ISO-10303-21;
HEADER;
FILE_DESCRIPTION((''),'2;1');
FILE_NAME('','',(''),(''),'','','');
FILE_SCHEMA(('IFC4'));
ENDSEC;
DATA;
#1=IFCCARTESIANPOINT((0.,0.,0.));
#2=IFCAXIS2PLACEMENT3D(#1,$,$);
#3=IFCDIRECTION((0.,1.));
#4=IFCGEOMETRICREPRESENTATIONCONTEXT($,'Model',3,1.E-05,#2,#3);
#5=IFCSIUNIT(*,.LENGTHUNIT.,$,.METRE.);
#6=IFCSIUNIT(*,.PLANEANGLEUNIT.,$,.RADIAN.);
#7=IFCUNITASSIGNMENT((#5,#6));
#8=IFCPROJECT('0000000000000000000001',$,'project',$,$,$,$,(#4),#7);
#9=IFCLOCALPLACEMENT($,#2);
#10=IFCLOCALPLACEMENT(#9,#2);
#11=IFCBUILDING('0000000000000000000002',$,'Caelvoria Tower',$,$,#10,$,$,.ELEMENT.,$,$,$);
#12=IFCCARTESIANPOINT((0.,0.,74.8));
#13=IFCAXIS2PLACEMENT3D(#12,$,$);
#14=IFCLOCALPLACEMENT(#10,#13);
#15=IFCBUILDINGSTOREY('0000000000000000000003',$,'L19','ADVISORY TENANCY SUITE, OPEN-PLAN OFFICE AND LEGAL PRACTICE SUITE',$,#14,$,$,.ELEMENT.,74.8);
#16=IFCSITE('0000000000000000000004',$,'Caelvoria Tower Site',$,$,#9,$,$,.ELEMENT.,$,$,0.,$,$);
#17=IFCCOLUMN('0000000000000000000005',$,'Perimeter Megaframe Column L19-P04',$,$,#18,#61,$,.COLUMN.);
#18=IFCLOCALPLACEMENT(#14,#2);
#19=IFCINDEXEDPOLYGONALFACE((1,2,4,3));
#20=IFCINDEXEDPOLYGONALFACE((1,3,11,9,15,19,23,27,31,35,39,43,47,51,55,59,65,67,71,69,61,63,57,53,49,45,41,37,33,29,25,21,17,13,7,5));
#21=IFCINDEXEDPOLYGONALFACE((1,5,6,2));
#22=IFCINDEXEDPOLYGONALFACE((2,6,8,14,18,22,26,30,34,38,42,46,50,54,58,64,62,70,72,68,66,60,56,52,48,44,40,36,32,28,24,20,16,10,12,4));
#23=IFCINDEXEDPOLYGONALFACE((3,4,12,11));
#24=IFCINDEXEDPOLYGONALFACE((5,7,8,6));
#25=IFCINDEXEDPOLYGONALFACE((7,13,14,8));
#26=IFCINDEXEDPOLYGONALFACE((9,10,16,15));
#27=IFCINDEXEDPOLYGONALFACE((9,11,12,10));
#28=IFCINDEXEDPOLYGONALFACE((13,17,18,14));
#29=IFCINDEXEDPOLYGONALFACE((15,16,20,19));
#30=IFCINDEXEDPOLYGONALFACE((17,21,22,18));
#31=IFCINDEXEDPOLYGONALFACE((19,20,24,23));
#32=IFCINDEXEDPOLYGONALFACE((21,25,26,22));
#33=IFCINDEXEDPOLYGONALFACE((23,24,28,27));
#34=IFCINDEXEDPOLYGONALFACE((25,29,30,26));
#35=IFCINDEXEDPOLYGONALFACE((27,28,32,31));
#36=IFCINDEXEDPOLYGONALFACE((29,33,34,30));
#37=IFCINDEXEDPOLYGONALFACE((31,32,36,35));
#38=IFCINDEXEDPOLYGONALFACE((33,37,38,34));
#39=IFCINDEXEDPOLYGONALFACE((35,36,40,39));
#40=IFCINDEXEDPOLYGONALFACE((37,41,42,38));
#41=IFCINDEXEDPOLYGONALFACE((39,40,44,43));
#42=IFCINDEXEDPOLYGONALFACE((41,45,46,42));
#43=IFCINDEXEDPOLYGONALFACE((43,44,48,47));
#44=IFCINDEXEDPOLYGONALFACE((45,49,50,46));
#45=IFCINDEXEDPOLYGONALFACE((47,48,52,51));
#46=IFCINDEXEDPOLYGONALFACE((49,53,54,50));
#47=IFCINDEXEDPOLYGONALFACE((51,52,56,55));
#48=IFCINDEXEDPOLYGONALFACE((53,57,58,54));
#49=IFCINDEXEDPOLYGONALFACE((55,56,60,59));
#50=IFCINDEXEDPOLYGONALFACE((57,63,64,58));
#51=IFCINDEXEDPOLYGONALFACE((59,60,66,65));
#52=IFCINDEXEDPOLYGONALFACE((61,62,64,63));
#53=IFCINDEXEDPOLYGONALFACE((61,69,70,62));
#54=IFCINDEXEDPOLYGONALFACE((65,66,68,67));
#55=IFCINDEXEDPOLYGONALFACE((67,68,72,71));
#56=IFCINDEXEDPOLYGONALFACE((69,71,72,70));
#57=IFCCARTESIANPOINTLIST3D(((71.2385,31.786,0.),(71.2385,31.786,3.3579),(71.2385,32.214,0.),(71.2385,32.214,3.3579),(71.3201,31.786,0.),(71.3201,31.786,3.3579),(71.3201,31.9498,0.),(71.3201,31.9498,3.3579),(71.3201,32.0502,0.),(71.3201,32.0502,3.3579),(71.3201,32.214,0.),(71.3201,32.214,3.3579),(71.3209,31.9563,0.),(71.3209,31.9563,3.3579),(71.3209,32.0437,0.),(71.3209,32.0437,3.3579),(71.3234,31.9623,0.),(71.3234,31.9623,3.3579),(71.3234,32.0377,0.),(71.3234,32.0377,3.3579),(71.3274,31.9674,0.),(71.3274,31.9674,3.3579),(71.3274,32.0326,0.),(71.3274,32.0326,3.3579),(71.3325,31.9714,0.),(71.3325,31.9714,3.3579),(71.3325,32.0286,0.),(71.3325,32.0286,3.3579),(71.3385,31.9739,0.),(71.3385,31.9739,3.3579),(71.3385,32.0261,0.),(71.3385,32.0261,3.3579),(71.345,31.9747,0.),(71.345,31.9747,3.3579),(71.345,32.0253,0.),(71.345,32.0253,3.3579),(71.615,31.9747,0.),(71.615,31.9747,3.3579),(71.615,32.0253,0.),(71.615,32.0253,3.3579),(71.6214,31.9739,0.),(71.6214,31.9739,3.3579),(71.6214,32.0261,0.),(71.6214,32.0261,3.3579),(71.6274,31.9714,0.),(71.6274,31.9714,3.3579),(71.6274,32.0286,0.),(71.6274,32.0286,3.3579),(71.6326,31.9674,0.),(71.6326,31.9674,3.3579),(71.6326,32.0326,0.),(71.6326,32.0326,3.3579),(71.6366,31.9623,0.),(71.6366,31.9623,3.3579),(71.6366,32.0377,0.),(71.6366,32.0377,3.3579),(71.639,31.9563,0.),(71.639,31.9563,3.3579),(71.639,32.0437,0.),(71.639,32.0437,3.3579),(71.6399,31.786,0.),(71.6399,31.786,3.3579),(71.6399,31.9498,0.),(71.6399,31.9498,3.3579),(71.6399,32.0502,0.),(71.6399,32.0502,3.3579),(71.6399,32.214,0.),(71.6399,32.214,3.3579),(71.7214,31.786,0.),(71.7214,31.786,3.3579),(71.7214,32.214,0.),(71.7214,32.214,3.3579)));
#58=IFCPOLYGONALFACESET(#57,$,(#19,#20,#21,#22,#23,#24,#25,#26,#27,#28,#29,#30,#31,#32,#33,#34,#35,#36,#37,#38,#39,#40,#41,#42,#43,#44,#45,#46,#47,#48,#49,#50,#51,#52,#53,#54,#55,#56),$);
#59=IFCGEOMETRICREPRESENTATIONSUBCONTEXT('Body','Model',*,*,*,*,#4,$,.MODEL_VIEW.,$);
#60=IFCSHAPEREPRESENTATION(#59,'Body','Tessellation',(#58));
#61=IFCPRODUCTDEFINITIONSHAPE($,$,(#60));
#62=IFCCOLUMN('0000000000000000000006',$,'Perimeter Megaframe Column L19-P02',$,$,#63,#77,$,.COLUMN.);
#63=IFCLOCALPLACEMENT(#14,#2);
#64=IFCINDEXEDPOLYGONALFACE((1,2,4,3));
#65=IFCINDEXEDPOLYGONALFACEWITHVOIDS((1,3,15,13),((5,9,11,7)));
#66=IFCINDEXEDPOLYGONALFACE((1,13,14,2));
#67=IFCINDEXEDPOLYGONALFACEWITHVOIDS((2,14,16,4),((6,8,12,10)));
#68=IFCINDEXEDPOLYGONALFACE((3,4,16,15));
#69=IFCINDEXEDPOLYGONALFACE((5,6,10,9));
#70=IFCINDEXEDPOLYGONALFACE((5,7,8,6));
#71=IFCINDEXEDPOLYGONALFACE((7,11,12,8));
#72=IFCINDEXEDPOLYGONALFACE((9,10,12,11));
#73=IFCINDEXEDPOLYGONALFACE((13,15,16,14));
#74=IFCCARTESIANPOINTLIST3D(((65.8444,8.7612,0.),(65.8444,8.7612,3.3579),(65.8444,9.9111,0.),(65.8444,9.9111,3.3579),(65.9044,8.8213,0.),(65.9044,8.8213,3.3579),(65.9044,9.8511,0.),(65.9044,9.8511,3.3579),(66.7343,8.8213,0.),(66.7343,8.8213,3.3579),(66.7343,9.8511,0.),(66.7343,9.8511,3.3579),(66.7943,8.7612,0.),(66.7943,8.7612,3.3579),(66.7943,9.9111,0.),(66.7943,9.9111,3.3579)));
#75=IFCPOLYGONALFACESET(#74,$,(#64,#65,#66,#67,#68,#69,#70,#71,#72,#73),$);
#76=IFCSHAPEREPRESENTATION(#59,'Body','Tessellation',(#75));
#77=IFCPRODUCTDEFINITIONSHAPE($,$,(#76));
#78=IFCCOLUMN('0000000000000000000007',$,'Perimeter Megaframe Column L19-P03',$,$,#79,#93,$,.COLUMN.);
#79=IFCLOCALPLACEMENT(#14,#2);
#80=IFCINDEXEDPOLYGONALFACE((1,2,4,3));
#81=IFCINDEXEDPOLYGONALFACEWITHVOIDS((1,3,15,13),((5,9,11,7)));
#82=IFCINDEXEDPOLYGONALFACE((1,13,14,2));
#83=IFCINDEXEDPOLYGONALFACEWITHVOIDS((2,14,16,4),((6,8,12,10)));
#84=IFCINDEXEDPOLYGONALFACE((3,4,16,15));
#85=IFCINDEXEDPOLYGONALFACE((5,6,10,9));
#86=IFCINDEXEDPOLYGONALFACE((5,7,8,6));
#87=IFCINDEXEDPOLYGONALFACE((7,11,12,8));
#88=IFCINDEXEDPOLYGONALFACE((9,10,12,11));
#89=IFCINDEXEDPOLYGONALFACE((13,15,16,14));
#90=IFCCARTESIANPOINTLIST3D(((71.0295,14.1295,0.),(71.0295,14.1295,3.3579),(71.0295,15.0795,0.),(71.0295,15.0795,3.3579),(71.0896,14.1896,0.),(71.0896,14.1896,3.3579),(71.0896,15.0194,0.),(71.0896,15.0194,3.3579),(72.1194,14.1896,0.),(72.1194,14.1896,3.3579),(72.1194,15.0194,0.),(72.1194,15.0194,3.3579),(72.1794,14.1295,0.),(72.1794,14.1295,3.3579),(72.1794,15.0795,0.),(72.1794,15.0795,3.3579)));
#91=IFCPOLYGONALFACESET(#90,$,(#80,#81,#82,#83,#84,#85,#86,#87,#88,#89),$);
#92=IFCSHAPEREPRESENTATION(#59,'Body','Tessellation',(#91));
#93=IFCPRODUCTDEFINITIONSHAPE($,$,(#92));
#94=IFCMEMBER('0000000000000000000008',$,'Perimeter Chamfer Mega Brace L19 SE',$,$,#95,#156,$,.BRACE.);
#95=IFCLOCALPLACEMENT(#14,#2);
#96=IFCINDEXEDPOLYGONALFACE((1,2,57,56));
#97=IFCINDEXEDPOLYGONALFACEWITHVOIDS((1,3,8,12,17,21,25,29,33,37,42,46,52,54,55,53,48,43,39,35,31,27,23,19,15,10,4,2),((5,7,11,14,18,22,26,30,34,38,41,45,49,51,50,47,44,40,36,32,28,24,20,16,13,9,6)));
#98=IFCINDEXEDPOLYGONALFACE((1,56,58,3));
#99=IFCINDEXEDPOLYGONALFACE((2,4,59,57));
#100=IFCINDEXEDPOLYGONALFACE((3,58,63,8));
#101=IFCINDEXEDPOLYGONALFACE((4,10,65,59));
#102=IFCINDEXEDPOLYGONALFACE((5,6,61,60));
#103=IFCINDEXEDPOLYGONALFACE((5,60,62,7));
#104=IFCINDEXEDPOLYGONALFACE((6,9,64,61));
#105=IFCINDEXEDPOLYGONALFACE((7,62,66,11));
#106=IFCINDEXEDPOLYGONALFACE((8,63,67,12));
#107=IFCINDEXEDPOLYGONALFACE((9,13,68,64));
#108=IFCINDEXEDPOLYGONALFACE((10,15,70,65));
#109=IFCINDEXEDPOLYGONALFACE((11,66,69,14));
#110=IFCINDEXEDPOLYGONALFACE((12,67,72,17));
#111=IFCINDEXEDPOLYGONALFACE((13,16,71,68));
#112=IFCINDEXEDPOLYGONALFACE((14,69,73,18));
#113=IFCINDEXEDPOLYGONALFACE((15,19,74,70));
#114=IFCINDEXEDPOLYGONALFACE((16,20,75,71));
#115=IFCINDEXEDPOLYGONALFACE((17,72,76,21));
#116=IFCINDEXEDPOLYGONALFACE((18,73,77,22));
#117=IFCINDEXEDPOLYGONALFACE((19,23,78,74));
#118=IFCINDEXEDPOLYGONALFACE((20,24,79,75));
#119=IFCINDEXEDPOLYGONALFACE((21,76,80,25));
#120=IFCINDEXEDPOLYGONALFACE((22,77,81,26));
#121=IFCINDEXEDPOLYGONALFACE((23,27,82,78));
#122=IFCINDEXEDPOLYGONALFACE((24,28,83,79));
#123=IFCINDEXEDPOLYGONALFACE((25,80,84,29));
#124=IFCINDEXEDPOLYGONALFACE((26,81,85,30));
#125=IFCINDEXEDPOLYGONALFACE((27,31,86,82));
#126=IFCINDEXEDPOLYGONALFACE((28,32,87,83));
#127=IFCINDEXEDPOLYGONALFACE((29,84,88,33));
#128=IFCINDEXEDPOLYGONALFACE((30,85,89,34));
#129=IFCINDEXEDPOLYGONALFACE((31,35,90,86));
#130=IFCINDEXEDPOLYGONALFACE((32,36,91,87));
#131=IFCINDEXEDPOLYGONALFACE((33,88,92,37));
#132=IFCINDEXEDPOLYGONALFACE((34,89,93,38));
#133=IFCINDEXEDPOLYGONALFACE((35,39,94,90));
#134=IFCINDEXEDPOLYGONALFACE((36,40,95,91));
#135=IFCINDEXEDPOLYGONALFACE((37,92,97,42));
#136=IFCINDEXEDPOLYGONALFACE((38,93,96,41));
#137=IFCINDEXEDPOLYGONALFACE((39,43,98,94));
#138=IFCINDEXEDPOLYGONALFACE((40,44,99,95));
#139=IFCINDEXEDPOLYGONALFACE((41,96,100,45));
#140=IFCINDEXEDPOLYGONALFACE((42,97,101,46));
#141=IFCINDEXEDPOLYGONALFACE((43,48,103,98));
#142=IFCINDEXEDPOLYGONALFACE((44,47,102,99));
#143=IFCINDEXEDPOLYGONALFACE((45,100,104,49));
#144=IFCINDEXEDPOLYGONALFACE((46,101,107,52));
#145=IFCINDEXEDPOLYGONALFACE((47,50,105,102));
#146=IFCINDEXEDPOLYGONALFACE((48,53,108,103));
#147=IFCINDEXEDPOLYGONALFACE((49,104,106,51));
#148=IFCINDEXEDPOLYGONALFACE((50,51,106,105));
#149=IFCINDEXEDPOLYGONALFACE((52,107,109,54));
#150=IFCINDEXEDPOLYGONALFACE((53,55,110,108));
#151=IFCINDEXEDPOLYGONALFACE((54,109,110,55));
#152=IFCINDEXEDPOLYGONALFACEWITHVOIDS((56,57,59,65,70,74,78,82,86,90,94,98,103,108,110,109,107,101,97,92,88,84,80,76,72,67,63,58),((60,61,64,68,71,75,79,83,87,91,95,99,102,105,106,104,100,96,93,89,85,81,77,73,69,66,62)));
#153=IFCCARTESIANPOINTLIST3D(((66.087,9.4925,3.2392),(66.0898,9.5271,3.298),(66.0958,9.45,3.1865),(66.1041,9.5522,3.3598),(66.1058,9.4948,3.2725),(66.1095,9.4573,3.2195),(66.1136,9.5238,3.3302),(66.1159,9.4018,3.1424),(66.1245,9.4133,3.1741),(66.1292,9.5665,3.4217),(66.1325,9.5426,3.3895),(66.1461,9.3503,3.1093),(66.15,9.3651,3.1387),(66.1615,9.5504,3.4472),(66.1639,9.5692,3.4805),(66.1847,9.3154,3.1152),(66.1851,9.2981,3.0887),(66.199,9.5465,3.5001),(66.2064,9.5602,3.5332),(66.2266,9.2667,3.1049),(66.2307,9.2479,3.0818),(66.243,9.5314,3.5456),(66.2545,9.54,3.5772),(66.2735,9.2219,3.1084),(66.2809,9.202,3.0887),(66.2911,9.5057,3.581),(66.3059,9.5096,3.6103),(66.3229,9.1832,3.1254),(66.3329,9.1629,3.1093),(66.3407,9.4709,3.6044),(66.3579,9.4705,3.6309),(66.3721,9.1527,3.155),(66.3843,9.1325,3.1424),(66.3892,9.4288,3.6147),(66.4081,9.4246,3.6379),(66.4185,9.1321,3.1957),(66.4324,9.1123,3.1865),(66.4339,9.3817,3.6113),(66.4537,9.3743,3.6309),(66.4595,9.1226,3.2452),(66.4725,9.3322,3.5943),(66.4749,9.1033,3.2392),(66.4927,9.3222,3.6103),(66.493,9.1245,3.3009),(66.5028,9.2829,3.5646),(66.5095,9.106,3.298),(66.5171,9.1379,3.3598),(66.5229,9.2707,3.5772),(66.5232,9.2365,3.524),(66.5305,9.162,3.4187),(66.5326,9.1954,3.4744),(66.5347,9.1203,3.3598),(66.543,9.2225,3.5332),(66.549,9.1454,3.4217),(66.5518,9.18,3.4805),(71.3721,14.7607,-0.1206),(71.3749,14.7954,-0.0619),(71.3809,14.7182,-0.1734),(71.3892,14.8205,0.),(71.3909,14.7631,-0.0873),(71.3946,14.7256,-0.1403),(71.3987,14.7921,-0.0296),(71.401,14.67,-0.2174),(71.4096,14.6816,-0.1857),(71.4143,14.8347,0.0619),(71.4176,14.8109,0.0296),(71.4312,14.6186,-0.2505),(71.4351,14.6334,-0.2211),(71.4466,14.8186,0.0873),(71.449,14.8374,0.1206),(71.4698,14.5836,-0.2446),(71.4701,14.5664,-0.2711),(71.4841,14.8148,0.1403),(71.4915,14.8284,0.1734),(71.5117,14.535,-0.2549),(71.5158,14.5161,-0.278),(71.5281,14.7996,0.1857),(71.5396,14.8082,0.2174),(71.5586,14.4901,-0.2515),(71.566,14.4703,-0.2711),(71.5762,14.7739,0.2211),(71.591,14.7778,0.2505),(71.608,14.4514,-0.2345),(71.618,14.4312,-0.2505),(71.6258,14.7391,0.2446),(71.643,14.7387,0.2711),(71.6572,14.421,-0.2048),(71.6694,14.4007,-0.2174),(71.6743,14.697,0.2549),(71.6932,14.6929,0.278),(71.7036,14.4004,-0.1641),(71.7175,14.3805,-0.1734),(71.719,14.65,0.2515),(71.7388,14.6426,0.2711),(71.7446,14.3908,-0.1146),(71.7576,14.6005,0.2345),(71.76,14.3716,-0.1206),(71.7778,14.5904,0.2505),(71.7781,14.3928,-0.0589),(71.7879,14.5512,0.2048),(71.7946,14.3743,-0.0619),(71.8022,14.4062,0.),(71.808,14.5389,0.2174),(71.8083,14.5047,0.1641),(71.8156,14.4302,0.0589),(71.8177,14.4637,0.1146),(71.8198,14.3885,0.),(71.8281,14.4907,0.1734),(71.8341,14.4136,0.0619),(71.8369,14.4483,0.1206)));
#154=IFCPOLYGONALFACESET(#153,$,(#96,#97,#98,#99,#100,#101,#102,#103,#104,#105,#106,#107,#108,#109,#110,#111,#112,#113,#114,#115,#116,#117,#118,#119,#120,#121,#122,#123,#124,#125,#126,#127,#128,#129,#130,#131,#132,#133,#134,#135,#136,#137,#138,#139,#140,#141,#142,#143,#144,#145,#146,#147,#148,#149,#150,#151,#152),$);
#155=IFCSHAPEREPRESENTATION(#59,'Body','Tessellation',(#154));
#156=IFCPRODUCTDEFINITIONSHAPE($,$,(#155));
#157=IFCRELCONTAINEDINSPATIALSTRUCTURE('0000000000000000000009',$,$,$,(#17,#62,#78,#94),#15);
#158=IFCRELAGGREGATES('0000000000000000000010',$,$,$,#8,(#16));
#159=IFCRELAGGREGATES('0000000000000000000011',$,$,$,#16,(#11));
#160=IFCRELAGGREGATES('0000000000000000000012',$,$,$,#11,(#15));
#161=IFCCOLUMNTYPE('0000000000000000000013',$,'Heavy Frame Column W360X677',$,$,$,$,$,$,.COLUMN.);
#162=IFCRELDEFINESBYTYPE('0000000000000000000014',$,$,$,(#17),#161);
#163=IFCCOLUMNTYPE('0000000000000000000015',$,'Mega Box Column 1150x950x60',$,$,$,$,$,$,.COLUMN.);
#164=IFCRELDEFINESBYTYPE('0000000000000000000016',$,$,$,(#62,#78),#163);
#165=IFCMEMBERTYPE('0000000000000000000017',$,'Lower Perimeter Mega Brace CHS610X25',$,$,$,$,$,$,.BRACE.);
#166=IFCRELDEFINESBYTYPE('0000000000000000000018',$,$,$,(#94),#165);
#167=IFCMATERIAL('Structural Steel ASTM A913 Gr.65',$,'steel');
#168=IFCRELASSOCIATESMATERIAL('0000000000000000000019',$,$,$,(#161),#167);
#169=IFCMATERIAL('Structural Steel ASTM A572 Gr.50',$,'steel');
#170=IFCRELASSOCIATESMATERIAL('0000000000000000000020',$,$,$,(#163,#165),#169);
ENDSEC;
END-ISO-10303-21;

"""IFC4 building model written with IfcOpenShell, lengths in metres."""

from ifc_helpers import new_model, si_unit, direction, frame, origin, origin_2d, place, context, subcontext, project, spatial, hollow_rectangle, hollow_circle, i_section, extrude, material, material_profile, profile_set, type_object, element, save


model = new_model("IFC4")

# Units and contexts
model_context = context("Model", 3, precision=1e-05, world=origin(), true_north=direction((0.0, 1.0)))
body_context = subcontext(model_context, "Body", "Model", "MODEL_VIEW")
ifc_project = project(units=[si_unit("LENGTHUNIT", "METRE"), si_unit("PLANEANGLEUNIT", "RADIAN")], contexts=[model_context])

# Site, building, storey
site_placement = place(None, origin())
site = spatial("IfcSite", under=ifc_project, at=site_placement, Name="Caelvoria Tower Site", CompositionType="ELEMENT", RefElevation=0.0)
building_placement = place(site_placement, origin())
building = spatial("IfcBuilding", under=site, at=building_placement, Name="Caelvoria Tower", CompositionType="ELEMENT")
storey_placement = place(building_placement, frame((0.0, 0.0, 74.8)))
storey = spatial("IfcBuildingStorey", under=building, at=storey_placement, Name="L19", Description="ADVISORY TENANCY SUITE, OPEN-PLAN OFFICE AND LEGAL PRACTICE SUITE", CompositionType="ELEMENT", Elevation=74.8)

# Columns
ifc_material_1 = material(Name="Structural Steel ASTM A913 Gr.65", Category="steel")
ifc_material_profile_1 = material_profile(ifc_material_1, i_section(OverallWidth=0.428, OverallDepth=0.4829, WebThickness=0.0505, FlangeThickness=0.0815, FilletRadius=0.0249, at=origin_2d()), Name="Structural Steel ASTM A913 Gr.65")
ifc_profile_set_1 = profile_set([ifc_material_profile_1], Name="W360X677 - Structural Steel ASTM A913 Gr.65")
column_type_1 = type_object("IfcColumnType", Name="Heavy Frame Column W360X677", PredefinedType="COLUMN", material=ifc_profile_set_1)
column_placement = place(storey_placement, frame((71.48, 32.0, 0.0), z_axis=(0.0, 0.0, 1.0), x_axis=(0.0, 1.0, 0.0)))
element("IfcColumn", 1, at=column_placement, inside=storey, type_object=column_type_1, Name="Perimeter Megaframe Column L19-P04", PredefinedType="COLUMN", context=body_context, shape_type="SweptSolid", body=[
    extrude(i_section(OverallWidth=0.428, OverallDepth=0.4829, WebThickness=0.0505, FlangeThickness=0.0815, FilletRadius=0.0249, at=origin_2d()), origin(), (0.0, 0.0, 1.0), 3.3579),
])
ifc_material_2 = material(Name="Structural Steel ASTM A572 Gr.50", Category="steel")
ifc_material_profile_2 = material_profile(ifc_material_2, hollow_rectangle(XDim=0.95, YDim=1.1499, WallThickness=0.0601, at=origin_2d()), Name="Structural Steel ASTM A572 Gr.50")
ifc_profile_set_2 = profile_set([ifc_material_profile_2], Name="BOX1150X950X60 - Structural Steel ASTM A572 Gr.50")
column_type_2 = type_object("IfcColumnType", Name="Mega Box Column 1150x950x60", PredefinedType="COLUMN", material=ifc_profile_set_2)
for number, where, z_axis, x_axis, name in (
    (2, (66.3193, 9.3362, 0.0), (0.0, 0.0, 1.0), (1.0, 0.0, 0.0), "Perimeter Megaframe Column L19-P02"),
    (3, (71.6045, 14.6045, 0.0), (0.0, 0.0, 1.0), (0.0, 1.0, 0.0), "Perimeter Megaframe Column L19-P03"),
):
    element("IfcColumn", number, at=place(storey_placement, frame(where, z_axis=z_axis, x_axis=x_axis)), inside=storey, type_object=column_type_2, Name=name, PredefinedType="COLUMN", context=body_context, shape_type="SweptSolid", body=[
        extrude(hollow_rectangle(XDim=0.95, YDim=1.1499, WallThickness=0.0601, at=origin_2d()), origin(), (0.0, 0.0, 1.0), 3.3579),
    ])

# Member
ifc_material_profile_3 = material_profile(ifc_material_2, hollow_circle(Radius=0.3049, WallThickness=0.0249, at=origin_2d()), Name="Structural Steel ASTM A572 Gr.50")
ifc_profile_set_3 = profile_set([ifc_material_profile_3], Name="CHS610X25 - Structural Steel ASTM A572 Gr.50")
member_type = type_object("IfcMemberType", Name="Lower Perimeter Mega Brace CHS610X25", PredefinedType="BRACE", material=ifc_profile_set_3)
member_placement = place(storey_placement, frame((71.6045, 14.6045, 0.0), z_axis=(-0.645797, -0.643739, 0.410544), x_axis=(0.705977, -0.708235, 0.0)))
element("IfcMember", 4, at=member_placement, inside=storey, type_object=member_type, Name="Perimeter Chamfer Mega Brace L19 SE", PredefinedType="BRACE", context=body_context, shape_type="SweptSolid", body=[
    extrude(hollow_circle(Radius=0.3049, WallThickness=0.0249, at=origin_2d()), origin(), (0.0, 0.0, 1.0), 8.1838),
])

save(model, "model.ifc")
